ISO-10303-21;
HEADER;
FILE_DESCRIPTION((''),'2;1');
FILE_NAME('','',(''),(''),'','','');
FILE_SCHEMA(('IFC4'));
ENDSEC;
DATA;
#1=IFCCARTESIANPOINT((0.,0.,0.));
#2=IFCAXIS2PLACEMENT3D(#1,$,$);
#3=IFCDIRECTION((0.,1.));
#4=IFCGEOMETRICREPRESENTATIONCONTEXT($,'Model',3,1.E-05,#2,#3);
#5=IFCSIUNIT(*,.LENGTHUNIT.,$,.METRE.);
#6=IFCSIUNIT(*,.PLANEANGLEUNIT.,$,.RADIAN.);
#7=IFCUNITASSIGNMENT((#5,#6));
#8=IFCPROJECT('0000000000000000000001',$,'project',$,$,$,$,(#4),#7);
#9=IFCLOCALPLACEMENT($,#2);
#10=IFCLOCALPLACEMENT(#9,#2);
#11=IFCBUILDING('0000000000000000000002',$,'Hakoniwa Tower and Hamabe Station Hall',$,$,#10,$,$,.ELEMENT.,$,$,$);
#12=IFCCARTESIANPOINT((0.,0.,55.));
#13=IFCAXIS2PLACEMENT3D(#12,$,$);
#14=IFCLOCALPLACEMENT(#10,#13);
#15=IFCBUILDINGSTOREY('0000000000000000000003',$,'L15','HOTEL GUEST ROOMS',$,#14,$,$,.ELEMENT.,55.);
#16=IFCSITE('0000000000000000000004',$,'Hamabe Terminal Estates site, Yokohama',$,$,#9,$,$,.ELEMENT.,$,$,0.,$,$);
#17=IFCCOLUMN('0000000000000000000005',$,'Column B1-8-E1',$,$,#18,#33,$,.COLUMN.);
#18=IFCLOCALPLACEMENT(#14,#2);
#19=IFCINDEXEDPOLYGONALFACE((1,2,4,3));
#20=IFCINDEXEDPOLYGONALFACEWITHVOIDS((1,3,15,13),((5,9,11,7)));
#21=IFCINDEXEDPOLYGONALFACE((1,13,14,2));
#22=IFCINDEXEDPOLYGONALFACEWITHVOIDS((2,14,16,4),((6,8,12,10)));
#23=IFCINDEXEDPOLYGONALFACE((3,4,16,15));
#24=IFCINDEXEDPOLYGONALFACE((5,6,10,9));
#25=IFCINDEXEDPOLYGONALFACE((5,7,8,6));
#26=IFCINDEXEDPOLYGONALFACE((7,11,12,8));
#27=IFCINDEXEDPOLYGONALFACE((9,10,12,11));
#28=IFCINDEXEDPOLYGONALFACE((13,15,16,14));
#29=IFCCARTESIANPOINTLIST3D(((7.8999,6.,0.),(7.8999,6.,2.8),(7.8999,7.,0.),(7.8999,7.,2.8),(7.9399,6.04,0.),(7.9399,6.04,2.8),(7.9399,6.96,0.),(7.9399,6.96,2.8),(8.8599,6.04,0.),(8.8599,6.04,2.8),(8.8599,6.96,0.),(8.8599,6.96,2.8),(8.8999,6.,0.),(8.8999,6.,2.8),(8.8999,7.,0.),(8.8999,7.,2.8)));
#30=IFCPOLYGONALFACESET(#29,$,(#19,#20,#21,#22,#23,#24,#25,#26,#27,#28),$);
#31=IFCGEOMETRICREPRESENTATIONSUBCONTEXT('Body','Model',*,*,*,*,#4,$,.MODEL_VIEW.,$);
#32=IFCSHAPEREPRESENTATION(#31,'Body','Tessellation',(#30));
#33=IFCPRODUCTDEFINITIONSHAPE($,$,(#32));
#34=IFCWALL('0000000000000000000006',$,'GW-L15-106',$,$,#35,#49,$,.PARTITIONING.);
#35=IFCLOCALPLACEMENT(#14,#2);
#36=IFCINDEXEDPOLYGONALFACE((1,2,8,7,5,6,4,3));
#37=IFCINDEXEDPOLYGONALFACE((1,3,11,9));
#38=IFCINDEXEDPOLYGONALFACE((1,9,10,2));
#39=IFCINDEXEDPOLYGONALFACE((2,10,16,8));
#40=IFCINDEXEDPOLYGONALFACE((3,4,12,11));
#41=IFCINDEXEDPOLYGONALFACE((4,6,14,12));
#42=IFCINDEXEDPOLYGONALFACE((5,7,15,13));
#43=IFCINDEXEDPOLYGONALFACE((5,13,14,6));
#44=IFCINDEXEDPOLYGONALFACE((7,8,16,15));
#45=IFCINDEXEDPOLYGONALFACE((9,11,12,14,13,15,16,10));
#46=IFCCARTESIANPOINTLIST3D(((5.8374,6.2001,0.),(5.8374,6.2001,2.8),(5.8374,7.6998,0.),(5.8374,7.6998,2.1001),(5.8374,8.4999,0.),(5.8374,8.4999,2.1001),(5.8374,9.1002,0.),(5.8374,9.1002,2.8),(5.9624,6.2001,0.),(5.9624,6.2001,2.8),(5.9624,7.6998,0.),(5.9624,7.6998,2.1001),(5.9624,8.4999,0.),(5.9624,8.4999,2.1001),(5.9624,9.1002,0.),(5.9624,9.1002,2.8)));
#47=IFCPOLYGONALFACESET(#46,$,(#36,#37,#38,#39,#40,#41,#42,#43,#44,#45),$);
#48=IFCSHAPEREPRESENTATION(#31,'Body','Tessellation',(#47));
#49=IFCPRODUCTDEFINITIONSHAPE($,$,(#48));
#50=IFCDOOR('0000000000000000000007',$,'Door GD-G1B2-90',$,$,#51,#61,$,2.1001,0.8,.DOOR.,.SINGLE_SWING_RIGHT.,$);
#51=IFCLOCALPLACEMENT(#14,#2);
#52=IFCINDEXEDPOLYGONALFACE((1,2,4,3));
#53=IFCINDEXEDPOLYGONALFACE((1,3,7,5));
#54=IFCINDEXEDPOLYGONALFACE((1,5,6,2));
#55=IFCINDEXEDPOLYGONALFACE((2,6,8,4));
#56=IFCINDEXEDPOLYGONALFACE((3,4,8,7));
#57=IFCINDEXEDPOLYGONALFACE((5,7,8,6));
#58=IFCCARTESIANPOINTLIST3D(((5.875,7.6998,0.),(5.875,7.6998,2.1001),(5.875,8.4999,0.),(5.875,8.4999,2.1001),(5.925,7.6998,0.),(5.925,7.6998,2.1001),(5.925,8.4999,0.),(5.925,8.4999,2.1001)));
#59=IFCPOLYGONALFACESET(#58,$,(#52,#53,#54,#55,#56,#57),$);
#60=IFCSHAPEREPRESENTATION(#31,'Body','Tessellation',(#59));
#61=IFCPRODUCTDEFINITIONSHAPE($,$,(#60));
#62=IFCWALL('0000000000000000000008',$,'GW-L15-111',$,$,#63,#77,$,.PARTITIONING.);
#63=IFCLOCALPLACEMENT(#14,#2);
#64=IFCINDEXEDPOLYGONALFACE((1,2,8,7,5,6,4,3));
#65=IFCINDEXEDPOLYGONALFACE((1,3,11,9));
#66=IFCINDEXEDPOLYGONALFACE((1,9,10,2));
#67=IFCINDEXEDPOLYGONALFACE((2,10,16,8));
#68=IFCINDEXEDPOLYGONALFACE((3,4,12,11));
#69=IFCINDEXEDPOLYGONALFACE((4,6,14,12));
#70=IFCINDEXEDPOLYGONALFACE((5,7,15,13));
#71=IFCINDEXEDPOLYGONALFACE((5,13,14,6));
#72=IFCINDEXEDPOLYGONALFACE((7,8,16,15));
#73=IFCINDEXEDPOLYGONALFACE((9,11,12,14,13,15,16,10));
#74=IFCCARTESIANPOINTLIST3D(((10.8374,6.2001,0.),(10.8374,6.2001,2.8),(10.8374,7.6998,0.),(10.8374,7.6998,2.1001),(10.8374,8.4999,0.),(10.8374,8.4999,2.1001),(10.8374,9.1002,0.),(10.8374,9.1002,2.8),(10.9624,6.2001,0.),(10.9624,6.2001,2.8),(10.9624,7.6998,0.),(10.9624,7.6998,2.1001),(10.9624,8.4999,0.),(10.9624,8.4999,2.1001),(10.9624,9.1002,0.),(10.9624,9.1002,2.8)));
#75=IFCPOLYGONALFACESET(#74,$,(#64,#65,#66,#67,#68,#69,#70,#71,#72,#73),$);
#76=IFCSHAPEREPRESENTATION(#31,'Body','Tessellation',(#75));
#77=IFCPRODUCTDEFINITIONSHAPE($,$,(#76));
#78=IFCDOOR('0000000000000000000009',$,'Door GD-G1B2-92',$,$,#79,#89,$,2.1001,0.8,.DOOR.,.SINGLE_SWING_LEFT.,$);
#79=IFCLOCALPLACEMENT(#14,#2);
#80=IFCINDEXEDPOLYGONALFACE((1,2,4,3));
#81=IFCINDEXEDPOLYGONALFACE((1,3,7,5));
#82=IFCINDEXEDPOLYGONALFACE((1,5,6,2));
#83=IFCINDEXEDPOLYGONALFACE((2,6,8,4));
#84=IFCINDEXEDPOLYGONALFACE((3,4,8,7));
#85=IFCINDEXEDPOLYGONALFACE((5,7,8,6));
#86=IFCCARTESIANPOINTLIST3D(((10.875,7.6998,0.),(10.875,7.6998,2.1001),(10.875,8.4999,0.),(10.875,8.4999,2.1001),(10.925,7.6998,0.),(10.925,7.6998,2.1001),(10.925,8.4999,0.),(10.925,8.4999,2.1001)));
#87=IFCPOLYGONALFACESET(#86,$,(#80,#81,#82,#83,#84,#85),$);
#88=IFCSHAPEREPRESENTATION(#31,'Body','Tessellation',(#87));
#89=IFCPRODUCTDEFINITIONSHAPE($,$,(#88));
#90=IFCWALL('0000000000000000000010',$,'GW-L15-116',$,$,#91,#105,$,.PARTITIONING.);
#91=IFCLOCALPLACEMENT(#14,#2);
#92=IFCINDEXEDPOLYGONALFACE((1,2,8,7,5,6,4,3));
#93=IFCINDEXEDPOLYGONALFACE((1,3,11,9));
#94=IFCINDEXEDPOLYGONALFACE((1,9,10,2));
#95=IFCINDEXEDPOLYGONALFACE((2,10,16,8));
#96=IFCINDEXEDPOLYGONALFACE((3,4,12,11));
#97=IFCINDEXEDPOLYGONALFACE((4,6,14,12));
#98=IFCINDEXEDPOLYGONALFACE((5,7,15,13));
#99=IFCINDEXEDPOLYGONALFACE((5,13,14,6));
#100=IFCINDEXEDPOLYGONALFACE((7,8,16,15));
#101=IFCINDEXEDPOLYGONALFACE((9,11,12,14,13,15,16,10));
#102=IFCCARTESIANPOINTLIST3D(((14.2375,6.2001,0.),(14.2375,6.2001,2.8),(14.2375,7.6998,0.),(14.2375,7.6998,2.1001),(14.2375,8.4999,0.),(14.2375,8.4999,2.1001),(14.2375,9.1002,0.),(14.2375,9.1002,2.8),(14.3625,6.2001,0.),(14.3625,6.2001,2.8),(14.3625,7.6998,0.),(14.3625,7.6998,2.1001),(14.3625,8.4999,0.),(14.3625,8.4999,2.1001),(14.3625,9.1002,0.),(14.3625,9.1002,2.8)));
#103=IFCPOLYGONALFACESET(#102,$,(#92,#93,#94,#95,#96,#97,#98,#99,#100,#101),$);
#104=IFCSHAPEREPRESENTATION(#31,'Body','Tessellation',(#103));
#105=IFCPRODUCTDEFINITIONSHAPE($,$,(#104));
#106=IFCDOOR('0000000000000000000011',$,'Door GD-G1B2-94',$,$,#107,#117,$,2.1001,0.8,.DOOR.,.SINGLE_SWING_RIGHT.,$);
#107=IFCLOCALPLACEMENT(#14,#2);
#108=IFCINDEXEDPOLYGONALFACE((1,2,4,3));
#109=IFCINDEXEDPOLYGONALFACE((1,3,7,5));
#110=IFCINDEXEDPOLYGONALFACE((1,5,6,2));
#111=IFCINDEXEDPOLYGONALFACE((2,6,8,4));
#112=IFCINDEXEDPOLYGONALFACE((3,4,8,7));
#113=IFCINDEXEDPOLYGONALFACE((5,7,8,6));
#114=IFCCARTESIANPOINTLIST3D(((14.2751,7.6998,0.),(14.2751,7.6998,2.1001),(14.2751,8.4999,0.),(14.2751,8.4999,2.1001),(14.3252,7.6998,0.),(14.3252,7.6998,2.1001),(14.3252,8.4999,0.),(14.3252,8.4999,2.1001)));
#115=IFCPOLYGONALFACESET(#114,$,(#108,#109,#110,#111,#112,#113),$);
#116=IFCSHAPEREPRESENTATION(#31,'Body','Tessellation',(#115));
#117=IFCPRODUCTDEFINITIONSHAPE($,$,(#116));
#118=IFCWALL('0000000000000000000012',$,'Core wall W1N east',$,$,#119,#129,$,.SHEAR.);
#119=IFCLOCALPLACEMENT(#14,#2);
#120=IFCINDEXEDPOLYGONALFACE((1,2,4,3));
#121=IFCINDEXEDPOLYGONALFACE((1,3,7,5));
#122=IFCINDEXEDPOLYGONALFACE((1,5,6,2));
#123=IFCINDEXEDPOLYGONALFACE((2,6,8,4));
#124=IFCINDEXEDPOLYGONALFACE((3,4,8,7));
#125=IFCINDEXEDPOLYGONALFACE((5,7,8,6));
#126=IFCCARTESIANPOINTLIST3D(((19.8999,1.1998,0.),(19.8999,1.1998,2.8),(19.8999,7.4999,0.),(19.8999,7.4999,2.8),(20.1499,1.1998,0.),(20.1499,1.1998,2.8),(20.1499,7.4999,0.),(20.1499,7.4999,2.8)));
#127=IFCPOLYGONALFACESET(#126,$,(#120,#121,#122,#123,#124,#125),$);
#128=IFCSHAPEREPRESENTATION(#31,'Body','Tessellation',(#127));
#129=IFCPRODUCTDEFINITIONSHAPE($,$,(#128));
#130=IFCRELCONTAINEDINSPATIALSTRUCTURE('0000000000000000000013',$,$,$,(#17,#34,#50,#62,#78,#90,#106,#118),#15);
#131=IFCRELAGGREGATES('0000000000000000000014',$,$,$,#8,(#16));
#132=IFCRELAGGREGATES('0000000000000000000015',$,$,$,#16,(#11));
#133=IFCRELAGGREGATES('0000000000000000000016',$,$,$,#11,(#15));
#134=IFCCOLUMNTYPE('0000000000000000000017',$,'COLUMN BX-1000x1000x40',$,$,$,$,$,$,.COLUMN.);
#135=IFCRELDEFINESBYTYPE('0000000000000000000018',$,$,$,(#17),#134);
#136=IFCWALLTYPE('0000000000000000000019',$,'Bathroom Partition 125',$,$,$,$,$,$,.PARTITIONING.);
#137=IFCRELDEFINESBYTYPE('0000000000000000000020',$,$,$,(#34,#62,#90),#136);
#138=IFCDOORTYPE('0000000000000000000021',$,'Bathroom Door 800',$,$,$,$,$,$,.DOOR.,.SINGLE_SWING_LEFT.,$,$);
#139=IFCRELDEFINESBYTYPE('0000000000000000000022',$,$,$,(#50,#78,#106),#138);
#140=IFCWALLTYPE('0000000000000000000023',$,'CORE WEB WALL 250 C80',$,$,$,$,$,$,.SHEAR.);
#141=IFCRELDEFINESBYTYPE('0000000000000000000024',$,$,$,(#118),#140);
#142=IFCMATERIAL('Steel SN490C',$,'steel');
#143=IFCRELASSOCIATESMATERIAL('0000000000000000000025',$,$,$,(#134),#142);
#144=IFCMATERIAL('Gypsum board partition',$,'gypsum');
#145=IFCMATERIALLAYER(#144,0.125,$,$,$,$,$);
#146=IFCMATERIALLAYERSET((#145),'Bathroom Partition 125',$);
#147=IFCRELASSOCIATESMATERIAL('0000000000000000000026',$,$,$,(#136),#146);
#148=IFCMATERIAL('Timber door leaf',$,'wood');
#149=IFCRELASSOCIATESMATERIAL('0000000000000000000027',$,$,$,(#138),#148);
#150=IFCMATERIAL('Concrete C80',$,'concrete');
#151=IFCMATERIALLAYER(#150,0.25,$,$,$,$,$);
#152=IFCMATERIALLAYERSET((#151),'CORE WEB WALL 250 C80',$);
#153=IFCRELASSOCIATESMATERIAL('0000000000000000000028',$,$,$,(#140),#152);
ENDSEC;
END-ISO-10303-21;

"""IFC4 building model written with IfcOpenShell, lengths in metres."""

from ifc_helpers import new_model, si_unit, direction, frame, frame_2d, origin, origin_2d, place, context, subcontext, project, spatial, rectangle, hollow_rectangle, extrude, material, layer, layer_set, material_profile, profile_set, type_object, element, fill, save


model = new_model("IFC4")

# Units and contexts
model_context = context("Model", 3, precision=1e-05, world=origin(), true_north=direction((0.0, 1.0)))
body_context = subcontext(model_context, "Body", "Model", "MODEL_VIEW")
ifc_project = project(units=[si_unit("LENGTHUNIT", "METRE"), si_unit("PLANEANGLEUNIT", "RADIAN")], contexts=[model_context])

# Site, building, storey
site_placement = place(None, origin())
site = spatial("IfcSite", under=ifc_project, at=site_placement, Name="Hamabe Terminal Estates site, Yokohama", CompositionType="ELEMENT", RefElevation=0.0)
building_placement = place(site_placement, origin())
building = spatial("IfcBuilding", under=site, at=building_placement, Name="Hakoniwa Tower and Hamabe Station Hall", CompositionType="ELEMENT")
storey_placement = place(building_placement, frame((0.0, 0.0, 55.0)))
storey = spatial("IfcBuildingStorey", under=building, at=storey_placement, Name="L15", Description="HOTEL GUEST ROOMS", CompositionType="ELEMENT", Elevation=55.0)

# Column
ifc_material_1 = material(Name="Steel SN490C", Category="steel")
ifc_material_profile = material_profile(ifc_material_1, hollow_rectangle(XDim=1.0, YDim=1.0, WallThickness=0.04, at=origin_2d()), Name="BX-1000x1000x40")
ifc_profile_set = profile_set([ifc_material_profile], Name="Steel SN490C")
column_type = type_object("IfcColumnType", Name="COLUMN BX-1000x1000x40", PredefinedType="COLUMN", material=ifc_profile_set)
column_placement = place(storey_placement, frame((8.3999, 6.5, 0.0), z_axis=(0.0, 0.0, 1.0), x_axis=(1.0, 0.0, 0.0)))
element("IfcColumn", 1, at=column_placement, inside=storey, type_object=column_type, Name="Column B1-8-E1", PredefinedType="COLUMN", context=body_context, shape_type="SweptSolid", body=[
    extrude(hollow_rectangle(XDim=1.0, YDim=1.0, WallThickness=0.04, at=origin_2d()), origin(), (0.0, 0.0, 1.0), 2.8),
])

# Walls, openings, doors
ifc_material_2 = material(Name="Gypsum board partition", Category="gypsum")
ifc_layer_1 = layer(ifc_material_2, 0.125)
ifc_layer_set_1 = layer_set([ifc_layer_1], Name="Bathroom Partition 125")
wall_type_1 = type_object("IfcWallType", Name="Bathroom Partition 125", PredefinedType="PARTITIONING", material=ifc_layer_set_1)
wall_1_placement = place(storey_placement, frame((5.8999, 6.2, 0.0), z_axis=(0.0, 0.0, 1.0), x_axis=(0.0, 1.0, 0.0)))
wall_1 = element("IfcWall", 2, at=wall_1_placement, inside=storey, type_object=wall_type_1, Name="GW-L15-106", PredefinedType="PARTITIONING", context=body_context, shape_type="SweptSolid", body=[
    extrude(rectangle(XDim=2.9001, YDim=0.125, at=frame_2d((1.4502, 0.0))), origin(), (0.0, 0.0, 1.0), 2.8),
])
opening_1_placement = place(wall_1_placement, frame((1.5, 0.0, 0.0)))
opening_1 = element("IfcOpeningElement", 3, at=opening_1_placement, cuts=wall_1, PredefinedType="OPENING", context=body_context, shape_type="SweptSolid", body=[
    extrude(rectangle(XDim=0.8, YDim=2.1001, at=frame_2d((0.3999, 1.05))), frame((0.0, 0.0725, 0.0), z_axis=(0.0, -1.0, 0.0), x_axis=(1.0, 0.0, 0.0)), (0.0, 0.0, 1.0), 0.145),
])
ifc_material_3 = material(Name="Timber door leaf", Category="wood")
door_type_1 = type_object("IfcDoorType", Name="Bathroom Door 800", OperationType="SINGLE_SWING_LEFT", PredefinedType="DOOR", material=ifc_material_3)
door_1_placement = place(opening_1_placement, origin())
door_1 = element("IfcDoor", 4, at=door_1_placement, inside=storey, type_object=door_type_1, Name="Door GD-G1B2-90", OperationType="SINGLE_SWING_RIGHT", OverallHeight=2.1001, OverallWidth=0.8, PredefinedType="DOOR", context=body_context, shape_type="SweptSolid", body=[
    extrude(rectangle(XDim=0.8, YDim=2.1001, at=frame_2d((0.3999, 1.05))), frame((0.0, 0.0249, 0.0), z_axis=(0.0, -1.0, 0.0), x_axis=(1.0, 0.0, 0.0)), (0.0, 0.0, 1.0), 0.05),
])
fill(opening_1, door_1)
wall_2_placement = place(storey_placement, frame((10.8999, 6.2, 0.0), z_axis=(0.0, 0.0, 1.0), x_axis=(0.0, 1.0, 0.0)))
wall_2 = element("IfcWall", 5, at=wall_2_placement, inside=storey, type_object=wall_type_1, Name="GW-L15-111", PredefinedType="PARTITIONING", context=body_context, shape_type="SweptSolid", body=[
    extrude(rectangle(XDim=2.9001, YDim=0.125, at=frame_2d((1.4502, 0.0))), origin(), (0.0, 0.0, 1.0), 2.8),
])
opening_2_placement = place(wall_2_placement, frame((1.5, 0.0, 0.0)))
opening_2 = element("IfcOpeningElement", 6, at=opening_2_placement, cuts=wall_2, PredefinedType="OPENING", context=body_context, shape_type="SweptSolid", body=[
    extrude(rectangle(XDim=0.8, YDim=2.1001, at=frame_2d((0.3999, 1.05))), frame((0.0, 0.0725, 0.0), z_axis=(0.0, -1.0, 0.0), x_axis=(1.0, 0.0, 0.0)), (0.0, 0.0, 1.0), 0.145),
])
door_2_placement = place(opening_2_placement, origin())
door_2 = element("IfcDoor", 7, at=door_2_placement, inside=storey, type_object=door_type_1, Name="Door GD-G1B2-92", OperationType="SINGLE_SWING_LEFT", OverallHeight=2.1001, OverallWidth=0.8, PredefinedType="DOOR", context=body_context, shape_type="SweptSolid", body=[
    extrude(rectangle(XDim=0.8, YDim=2.1001, at=frame_2d((0.3999, 1.05))), frame((0.0, 0.0249, 0.0), z_axis=(0.0, -1.0, 0.0), x_axis=(1.0, 0.0, 0.0)), (0.0, 0.0, 1.0), 0.05),
])
fill(opening_2, door_2)
wall_3_placement = place(storey_placement, frame((14.3, 6.2, 0.0), z_axis=(0.0, 0.0, 1.0), x_axis=(0.0, 1.0, 0.0)))
wall_3 = element("IfcWall", 8, at=wall_3_placement, inside=storey, type_object=wall_type_1, Name="GW-L15-116", PredefinedType="PARTITIONING", context=body_context, shape_type="SweptSolid", body=[
    extrude(rectangle(XDim=2.9001, YDim=0.125, at=frame_2d((1.4502, 0.0))), origin(), (0.0, 0.0, 1.0), 2.8),
])
opening_3_placement = place(wall_3_placement, frame((1.5, 0.0, 0.0)))
opening_3 = element("IfcOpeningElement", 9, at=opening_3_placement, cuts=wall_3, PredefinedType="OPENING", context=body_context, shape_type="SweptSolid", body=[
    extrude(rectangle(XDim=0.8, YDim=2.1001, at=frame_2d((0.3999, 1.05))), frame((0.0, 0.0725, 0.0), z_axis=(0.0, -1.0, 0.0), x_axis=(1.0, 0.0, 0.0)), (0.0, 0.0, 1.0), 0.145),
])
door_3_placement = place(opening_3_placement, origin())
door_3 = element("IfcDoor", 10, at=door_3_placement, inside=storey, type_object=door_type_1, Name="Door GD-G1B2-94", OperationType="SINGLE_SWING_RIGHT", OverallHeight=2.1001, OverallWidth=0.8, PredefinedType="DOOR", context=body_context, shape_type="SweptSolid", body=[
    extrude(rectangle(XDim=0.8, YDim=2.1001, at=frame_2d((0.3999, 1.05))), frame((0.0, 0.0249, 0.0), z_axis=(0.0, -1.0, 0.0), x_axis=(1.0, 0.0, 0.0)), (0.0, 0.0, 1.0), 0.05),
])
fill(opening_3, door_3)

# Wall
ifc_material_4 = material(Name="Concrete C80", Category="concrete")
ifc_layer_2 = layer(ifc_material_4, 0.25)
ifc_layer_set_2 = layer_set([ifc_layer_2], Name="CORE WEB WALL 250 C80")
wall_type_2 = type_object("IfcWallType", Name="CORE WEB WALL 250 C80", PredefinedType="SHEAR", material=ifc_layer_set_2)
wall_4_placement = place(storey_placement, frame((20.0249, 1.2, 0.0), z_axis=(0.0, 0.0, 1.0), x_axis=(0.0, 1.0, 0.0)))
element("IfcWall", 11, at=wall_4_placement, inside=storey, type_object=wall_type_2, Name="Core wall W1N east", PredefinedType="SHEAR", context=body_context, shape_type="SweptSolid", body=[
    extrude(rectangle(XDim=6.3, YDim=0.25, at=frame_2d((3.1499, 0.0))), origin(), (0.0, 0.0, 1.0), 2.8),
])

save(model, "model.ifc")
